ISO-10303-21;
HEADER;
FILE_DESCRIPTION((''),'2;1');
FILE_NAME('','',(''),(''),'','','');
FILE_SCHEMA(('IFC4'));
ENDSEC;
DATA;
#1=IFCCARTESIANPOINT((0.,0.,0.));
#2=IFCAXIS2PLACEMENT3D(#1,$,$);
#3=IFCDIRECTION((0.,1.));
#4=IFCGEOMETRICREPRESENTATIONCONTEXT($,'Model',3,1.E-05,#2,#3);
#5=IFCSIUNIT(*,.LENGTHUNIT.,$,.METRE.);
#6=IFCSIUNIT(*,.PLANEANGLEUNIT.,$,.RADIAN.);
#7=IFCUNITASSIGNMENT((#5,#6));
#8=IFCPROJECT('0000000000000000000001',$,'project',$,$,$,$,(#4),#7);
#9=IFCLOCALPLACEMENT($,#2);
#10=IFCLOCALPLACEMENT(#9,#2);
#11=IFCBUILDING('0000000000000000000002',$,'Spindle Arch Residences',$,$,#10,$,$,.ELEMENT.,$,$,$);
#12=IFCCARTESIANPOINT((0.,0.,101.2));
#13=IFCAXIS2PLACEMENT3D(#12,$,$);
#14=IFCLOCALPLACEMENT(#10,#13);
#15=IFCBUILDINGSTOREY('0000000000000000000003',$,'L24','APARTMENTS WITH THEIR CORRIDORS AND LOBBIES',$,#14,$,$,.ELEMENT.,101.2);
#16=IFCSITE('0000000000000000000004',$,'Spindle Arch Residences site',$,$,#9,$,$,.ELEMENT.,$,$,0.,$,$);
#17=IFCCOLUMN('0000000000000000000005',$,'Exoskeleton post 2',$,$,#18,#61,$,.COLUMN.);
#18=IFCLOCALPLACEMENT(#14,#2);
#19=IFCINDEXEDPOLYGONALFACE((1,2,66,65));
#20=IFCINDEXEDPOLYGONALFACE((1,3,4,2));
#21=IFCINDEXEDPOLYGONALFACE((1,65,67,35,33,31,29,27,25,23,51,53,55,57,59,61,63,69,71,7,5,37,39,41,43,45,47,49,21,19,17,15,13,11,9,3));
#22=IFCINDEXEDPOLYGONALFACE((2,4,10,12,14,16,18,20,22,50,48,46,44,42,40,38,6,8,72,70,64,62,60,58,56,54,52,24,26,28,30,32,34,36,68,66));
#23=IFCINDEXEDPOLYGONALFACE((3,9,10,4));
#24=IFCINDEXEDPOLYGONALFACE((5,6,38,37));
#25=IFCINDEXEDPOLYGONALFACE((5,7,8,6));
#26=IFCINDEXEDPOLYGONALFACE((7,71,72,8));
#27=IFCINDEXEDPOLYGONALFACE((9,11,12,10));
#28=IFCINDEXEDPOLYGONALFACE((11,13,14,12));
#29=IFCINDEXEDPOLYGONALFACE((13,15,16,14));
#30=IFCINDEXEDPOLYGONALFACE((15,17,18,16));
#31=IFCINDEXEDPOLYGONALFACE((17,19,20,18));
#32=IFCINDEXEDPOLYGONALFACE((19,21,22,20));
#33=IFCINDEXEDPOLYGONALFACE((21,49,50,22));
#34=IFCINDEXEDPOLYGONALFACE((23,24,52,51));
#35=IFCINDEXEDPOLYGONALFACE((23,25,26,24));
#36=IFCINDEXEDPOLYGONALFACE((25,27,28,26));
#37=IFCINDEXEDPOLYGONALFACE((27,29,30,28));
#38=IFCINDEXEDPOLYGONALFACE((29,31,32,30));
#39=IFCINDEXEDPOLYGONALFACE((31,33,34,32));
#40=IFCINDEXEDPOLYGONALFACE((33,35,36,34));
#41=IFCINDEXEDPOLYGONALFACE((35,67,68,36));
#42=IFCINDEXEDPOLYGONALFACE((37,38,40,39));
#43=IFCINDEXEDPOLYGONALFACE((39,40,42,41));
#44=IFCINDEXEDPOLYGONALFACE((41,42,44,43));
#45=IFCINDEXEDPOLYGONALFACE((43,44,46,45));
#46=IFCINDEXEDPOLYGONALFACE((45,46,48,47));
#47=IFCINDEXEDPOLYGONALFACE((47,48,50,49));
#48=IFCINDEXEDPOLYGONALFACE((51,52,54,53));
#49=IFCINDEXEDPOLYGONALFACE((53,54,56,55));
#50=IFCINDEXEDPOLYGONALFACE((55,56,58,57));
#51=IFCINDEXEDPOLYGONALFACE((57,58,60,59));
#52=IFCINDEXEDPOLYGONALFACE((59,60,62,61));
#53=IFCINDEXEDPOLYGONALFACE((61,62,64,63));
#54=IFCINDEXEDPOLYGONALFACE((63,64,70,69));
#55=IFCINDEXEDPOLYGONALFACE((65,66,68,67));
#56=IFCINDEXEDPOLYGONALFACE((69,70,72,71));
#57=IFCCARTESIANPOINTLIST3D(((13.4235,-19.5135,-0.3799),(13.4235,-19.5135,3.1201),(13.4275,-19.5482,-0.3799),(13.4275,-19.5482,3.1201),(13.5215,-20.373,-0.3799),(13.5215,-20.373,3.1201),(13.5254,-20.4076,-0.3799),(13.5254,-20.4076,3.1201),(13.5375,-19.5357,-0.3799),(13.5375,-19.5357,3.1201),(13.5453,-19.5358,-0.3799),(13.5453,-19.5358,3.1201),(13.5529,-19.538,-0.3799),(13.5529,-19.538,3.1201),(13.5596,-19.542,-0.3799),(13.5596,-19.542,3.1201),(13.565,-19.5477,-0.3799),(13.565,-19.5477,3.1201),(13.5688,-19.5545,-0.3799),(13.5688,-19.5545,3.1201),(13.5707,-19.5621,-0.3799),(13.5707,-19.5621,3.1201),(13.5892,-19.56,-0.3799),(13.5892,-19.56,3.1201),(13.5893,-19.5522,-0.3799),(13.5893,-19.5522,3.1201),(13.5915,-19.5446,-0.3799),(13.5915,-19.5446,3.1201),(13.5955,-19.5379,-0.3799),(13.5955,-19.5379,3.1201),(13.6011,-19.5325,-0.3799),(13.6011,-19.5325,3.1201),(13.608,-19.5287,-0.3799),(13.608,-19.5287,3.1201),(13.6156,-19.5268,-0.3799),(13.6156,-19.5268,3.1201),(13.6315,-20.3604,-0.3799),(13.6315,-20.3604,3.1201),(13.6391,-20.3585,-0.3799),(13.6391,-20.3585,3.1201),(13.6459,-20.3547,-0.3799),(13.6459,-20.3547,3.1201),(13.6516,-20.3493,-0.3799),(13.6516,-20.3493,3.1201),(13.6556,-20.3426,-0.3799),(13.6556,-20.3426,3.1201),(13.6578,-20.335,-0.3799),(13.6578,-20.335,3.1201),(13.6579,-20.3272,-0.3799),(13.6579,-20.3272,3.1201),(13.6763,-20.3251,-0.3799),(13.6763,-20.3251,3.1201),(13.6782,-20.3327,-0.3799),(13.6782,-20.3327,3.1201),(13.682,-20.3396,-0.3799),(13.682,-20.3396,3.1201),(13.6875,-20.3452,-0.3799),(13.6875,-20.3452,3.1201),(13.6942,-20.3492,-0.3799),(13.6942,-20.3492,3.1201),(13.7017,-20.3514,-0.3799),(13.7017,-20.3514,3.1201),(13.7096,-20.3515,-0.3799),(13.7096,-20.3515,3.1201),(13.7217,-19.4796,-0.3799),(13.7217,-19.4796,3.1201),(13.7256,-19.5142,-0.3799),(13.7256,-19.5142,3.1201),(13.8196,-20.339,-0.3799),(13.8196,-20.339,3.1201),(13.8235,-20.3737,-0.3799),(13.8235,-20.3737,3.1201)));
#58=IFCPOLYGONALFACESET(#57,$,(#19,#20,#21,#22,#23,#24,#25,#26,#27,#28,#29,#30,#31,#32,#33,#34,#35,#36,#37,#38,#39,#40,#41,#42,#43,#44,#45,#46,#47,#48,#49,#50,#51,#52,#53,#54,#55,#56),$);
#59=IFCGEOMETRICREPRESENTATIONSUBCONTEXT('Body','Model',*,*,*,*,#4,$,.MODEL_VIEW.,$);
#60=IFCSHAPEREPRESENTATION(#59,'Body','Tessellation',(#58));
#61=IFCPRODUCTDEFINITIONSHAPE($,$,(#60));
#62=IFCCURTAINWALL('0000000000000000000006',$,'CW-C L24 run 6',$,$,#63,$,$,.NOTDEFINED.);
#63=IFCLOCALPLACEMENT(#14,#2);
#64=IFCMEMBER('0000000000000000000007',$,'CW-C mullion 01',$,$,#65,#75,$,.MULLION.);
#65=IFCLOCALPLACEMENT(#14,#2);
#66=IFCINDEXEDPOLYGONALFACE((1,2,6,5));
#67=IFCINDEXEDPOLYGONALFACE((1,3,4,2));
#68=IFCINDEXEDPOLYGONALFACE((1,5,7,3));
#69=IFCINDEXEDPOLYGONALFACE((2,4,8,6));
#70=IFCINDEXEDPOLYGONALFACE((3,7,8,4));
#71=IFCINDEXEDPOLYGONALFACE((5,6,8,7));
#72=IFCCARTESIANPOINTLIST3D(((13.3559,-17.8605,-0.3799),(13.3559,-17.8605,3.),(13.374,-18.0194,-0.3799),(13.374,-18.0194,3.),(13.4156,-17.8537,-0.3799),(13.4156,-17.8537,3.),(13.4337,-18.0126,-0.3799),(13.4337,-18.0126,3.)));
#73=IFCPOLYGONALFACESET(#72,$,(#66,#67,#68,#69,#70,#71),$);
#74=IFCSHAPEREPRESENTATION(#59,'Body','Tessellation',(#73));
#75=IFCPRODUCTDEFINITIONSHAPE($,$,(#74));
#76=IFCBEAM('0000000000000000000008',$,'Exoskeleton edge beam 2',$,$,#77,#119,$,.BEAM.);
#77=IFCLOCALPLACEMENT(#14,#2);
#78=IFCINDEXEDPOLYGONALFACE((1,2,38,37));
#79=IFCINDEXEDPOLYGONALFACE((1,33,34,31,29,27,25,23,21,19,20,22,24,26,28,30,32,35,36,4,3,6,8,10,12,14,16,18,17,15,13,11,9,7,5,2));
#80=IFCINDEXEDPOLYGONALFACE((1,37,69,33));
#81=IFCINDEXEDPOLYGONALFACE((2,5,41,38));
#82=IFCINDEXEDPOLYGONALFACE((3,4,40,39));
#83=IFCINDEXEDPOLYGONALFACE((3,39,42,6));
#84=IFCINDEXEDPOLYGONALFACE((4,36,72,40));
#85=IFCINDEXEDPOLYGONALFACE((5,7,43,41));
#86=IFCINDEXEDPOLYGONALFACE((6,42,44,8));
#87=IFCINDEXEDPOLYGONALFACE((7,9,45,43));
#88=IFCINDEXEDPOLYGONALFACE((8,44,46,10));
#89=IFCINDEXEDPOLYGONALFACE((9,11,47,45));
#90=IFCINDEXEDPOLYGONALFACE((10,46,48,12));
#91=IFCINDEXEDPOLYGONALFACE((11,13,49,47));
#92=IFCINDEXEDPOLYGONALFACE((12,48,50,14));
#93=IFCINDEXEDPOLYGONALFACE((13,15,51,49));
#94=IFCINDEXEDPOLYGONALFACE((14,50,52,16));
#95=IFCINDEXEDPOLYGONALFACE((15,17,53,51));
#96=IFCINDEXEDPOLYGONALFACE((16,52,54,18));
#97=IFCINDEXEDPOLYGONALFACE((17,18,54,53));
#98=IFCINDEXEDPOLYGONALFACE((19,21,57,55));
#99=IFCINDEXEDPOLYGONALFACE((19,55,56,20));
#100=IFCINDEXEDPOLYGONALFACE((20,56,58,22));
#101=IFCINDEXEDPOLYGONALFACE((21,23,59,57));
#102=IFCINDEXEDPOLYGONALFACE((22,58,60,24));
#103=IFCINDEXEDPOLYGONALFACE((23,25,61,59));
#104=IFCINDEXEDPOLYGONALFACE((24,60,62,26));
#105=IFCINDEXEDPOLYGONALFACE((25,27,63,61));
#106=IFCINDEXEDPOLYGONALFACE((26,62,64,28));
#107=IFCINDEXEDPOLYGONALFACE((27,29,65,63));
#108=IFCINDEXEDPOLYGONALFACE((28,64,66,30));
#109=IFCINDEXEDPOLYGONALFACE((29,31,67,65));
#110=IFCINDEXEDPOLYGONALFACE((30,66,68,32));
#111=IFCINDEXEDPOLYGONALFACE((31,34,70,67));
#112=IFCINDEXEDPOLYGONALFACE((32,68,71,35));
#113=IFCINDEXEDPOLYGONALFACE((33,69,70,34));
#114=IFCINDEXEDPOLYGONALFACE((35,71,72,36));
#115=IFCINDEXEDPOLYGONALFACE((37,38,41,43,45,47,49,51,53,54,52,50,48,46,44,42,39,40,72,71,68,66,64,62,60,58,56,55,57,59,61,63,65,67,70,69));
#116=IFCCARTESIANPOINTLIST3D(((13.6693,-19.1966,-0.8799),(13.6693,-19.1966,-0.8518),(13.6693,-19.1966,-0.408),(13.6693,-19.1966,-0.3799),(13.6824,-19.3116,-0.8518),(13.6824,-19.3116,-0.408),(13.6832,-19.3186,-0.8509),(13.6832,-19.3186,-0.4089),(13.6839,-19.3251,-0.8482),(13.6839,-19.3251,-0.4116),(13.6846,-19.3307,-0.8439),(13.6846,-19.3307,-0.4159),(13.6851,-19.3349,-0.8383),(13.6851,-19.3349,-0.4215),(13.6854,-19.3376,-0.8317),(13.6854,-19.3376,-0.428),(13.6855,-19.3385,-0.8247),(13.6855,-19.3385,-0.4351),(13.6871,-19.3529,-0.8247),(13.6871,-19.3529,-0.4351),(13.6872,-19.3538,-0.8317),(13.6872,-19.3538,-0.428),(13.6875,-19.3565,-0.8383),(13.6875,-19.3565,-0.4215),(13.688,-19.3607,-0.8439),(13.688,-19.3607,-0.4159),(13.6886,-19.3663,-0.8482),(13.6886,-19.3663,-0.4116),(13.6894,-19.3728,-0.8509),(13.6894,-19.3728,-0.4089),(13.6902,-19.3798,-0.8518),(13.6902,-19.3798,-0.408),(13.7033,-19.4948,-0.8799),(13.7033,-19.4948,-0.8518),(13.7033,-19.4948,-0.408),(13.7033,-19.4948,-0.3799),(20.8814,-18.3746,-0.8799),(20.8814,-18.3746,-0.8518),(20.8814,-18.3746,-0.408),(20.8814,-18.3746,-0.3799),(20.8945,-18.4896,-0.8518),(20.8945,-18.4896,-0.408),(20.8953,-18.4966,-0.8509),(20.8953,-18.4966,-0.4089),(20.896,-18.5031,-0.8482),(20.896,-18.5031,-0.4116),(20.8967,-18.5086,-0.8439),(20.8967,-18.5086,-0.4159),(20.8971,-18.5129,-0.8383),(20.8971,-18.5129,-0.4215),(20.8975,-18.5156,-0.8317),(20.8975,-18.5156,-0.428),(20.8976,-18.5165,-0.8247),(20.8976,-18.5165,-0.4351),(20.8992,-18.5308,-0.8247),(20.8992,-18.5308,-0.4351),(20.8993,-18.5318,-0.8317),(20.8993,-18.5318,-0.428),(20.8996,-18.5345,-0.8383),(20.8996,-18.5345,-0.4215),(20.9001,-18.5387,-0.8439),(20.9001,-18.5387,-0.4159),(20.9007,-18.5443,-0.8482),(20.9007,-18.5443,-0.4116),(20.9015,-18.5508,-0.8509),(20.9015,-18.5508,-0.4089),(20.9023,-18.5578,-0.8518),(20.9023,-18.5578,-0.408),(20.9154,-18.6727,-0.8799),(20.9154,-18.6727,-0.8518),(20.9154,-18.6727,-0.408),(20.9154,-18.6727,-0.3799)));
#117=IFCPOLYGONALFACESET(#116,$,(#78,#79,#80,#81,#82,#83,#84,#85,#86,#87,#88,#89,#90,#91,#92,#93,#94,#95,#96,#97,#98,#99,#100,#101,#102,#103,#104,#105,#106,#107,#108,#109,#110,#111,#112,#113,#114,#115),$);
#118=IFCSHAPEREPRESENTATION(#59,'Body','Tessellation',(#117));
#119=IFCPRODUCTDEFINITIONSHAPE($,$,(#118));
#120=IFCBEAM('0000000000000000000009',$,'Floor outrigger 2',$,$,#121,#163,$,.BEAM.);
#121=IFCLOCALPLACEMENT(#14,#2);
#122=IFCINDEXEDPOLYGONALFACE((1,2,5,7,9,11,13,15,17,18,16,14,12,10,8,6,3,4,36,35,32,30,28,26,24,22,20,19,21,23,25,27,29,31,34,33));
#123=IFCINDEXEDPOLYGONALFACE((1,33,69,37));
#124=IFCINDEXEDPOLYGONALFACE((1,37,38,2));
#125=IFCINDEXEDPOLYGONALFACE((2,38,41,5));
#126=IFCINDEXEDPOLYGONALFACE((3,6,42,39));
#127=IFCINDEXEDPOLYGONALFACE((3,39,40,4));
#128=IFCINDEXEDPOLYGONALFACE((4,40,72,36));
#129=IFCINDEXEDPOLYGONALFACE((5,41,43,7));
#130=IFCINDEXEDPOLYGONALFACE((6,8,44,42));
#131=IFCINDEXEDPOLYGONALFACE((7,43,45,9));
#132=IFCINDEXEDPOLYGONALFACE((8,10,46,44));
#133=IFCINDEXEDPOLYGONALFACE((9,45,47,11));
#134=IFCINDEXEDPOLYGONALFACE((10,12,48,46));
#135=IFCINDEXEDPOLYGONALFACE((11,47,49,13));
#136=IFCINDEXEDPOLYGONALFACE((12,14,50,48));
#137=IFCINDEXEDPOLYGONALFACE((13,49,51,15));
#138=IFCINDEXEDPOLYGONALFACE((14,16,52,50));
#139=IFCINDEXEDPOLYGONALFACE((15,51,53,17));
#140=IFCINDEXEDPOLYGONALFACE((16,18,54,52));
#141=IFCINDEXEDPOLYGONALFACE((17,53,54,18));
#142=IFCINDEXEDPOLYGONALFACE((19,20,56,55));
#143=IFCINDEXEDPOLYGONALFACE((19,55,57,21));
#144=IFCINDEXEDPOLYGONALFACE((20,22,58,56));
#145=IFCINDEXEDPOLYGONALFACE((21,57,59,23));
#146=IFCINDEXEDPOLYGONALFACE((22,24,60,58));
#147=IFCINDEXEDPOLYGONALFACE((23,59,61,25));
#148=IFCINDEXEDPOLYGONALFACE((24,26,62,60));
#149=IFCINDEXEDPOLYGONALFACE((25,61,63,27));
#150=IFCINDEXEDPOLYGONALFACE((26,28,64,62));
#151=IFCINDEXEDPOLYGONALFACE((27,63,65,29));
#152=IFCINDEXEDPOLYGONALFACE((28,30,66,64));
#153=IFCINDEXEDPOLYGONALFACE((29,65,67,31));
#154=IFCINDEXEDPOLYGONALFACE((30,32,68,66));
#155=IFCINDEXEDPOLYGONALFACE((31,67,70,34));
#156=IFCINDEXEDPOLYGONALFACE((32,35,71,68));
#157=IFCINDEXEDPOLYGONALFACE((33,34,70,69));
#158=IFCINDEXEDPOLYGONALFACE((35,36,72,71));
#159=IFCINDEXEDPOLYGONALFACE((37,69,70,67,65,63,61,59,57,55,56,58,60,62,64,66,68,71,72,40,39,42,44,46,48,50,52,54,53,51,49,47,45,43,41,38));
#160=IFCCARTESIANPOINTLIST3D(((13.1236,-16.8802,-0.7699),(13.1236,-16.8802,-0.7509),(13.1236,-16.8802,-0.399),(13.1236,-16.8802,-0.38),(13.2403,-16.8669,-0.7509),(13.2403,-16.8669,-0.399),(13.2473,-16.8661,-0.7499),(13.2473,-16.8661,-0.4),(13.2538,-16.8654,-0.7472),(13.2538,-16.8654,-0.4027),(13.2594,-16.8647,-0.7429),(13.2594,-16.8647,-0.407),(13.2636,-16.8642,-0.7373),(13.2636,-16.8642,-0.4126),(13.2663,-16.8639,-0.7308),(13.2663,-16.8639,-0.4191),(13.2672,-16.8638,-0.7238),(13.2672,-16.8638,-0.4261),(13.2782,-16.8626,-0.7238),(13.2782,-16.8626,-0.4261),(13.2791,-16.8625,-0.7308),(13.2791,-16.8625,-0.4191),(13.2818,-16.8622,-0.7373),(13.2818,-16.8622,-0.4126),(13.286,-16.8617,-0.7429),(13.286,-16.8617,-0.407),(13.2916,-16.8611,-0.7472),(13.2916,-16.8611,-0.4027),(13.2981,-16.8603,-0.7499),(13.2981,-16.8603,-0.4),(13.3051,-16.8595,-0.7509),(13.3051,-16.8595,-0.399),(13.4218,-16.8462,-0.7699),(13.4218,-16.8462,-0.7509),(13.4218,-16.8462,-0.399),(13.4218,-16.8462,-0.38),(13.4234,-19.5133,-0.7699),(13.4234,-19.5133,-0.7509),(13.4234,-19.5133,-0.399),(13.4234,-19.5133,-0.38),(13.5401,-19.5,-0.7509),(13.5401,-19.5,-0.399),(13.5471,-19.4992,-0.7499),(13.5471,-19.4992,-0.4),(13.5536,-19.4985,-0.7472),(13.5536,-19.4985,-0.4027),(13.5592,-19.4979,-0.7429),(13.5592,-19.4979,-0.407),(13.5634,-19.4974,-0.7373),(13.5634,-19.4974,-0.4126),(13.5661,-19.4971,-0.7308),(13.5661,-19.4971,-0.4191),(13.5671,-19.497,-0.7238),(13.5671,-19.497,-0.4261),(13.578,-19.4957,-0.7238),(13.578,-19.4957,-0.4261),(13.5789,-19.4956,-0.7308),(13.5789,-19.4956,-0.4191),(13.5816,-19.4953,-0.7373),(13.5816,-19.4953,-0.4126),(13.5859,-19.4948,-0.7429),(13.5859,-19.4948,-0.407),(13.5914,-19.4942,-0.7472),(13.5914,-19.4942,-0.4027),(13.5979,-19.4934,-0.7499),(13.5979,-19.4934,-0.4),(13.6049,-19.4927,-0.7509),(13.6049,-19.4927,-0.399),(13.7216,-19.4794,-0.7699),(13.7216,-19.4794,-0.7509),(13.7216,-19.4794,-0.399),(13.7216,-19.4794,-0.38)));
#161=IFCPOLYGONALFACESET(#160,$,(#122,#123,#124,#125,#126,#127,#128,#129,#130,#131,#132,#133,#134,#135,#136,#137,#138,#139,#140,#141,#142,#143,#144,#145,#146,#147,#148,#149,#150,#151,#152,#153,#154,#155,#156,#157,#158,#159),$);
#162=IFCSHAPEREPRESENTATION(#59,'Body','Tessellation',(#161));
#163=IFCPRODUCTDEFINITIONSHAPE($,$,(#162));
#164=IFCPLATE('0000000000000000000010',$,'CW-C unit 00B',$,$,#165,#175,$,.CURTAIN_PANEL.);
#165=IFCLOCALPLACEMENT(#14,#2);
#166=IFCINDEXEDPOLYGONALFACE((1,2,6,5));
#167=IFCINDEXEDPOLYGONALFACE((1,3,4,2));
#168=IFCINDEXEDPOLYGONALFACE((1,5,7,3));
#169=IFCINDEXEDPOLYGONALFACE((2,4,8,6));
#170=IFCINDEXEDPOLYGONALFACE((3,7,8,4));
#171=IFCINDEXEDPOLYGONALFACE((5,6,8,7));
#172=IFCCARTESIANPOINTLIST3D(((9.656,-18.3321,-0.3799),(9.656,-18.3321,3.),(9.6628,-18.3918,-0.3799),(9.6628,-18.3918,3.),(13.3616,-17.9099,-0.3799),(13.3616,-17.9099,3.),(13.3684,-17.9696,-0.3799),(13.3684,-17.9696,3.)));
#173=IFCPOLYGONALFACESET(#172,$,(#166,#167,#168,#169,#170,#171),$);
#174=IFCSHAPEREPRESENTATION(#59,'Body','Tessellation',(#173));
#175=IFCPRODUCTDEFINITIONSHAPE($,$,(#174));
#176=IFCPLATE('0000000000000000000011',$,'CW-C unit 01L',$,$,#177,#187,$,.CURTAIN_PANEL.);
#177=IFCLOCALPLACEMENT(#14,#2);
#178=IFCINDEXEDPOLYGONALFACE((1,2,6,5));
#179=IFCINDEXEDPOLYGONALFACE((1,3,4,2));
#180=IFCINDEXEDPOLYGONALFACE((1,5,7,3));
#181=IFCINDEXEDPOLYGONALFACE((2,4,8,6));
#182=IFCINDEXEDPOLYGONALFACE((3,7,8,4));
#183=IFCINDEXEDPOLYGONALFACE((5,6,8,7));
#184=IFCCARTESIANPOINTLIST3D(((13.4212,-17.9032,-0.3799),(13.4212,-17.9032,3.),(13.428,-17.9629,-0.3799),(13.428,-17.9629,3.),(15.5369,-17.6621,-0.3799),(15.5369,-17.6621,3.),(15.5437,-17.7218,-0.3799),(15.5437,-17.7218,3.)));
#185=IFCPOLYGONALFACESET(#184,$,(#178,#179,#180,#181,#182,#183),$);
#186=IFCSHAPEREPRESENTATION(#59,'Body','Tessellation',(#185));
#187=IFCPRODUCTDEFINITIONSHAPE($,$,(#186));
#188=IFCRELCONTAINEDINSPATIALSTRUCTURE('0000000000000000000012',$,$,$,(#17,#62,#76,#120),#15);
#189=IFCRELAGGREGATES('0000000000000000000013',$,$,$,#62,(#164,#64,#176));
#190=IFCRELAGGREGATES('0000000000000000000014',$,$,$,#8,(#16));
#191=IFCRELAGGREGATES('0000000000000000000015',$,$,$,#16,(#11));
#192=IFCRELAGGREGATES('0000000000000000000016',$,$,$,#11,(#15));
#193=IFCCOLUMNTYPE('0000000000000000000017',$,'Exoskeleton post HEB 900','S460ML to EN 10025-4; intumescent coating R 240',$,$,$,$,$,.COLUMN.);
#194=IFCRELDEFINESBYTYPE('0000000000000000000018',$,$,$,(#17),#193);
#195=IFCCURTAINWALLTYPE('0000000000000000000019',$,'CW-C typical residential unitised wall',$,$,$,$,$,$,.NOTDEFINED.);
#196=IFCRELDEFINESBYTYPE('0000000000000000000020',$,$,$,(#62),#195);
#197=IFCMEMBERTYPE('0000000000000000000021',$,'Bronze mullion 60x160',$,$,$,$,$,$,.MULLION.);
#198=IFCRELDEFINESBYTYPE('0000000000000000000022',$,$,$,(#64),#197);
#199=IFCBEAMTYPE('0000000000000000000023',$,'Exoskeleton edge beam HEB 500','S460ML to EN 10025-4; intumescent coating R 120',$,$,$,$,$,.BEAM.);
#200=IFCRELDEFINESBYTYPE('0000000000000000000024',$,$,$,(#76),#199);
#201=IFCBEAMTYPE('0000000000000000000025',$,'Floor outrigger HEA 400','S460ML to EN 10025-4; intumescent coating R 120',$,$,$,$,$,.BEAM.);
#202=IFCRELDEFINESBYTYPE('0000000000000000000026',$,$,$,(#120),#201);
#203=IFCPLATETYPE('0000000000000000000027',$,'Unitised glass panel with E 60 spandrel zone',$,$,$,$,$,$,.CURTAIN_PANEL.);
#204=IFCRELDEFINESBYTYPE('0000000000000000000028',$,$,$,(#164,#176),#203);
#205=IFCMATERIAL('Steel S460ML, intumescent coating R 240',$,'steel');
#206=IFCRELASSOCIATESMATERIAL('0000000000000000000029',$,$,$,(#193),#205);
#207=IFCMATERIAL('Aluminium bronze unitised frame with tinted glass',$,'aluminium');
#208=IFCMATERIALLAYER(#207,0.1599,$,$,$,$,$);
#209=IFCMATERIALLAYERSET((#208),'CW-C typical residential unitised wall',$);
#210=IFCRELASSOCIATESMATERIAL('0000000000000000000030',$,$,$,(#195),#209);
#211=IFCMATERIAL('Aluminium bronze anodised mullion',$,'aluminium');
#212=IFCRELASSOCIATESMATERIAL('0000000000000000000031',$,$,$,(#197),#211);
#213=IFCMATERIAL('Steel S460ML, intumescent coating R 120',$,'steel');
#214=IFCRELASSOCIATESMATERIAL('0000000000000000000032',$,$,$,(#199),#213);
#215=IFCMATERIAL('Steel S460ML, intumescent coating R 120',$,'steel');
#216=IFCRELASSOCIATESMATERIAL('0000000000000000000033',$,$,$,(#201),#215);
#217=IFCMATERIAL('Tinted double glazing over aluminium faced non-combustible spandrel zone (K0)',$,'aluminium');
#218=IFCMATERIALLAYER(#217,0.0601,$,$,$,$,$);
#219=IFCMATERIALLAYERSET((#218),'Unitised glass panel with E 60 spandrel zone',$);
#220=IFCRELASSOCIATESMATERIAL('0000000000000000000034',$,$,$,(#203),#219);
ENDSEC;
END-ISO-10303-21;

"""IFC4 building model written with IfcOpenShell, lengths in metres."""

from ifc_helpers import new_model, si_unit, direction, frame, origin, origin_2d, place, context, subcontext, project, spatial, rectangle, i_section, extrude, material, layer, layer_set, material_profile, profile_set, type_object, element, aggregate, save


model = new_model("IFC4")

# Units and contexts
model_context = context("Model", 3, precision=1e-05, world=origin(), true_north=direction((0.0, 1.0)))
body_context = subcontext(model_context, "Body", "Model", "MODEL_VIEW")
ifc_project = project(units=[si_unit("LENGTHUNIT", "METRE"), si_unit("PLANEANGLEUNIT", "RADIAN")], contexts=[model_context])

# Site, building, storey
site_placement = place(None, origin())
site = spatial("IfcSite", under=ifc_project, at=site_placement, Name="Spindle Arch Residences site", CompositionType="ELEMENT", RefElevation=0.0)
building_placement = place(site_placement, origin())
building = spatial("IfcBuilding", under=site, at=building_placement, Name="Spindle Arch Residences", CompositionType="ELEMENT")
storey_placement = place(building_placement, frame((0.0, 0.0, 101.2)))
storey = spatial("IfcBuildingStorey", under=building, at=storey_placement, Name="L24", Description="APARTMENTS WITH THEIR CORRIDORS AND LOBBIES", CompositionType="ELEMENT", Elevation=101.2)

# Column
ifc_material_1 = material(Name="Steel S460ML, intumescent coating R 240", Category="steel")
ifc_material_profile_1 = material_profile(ifc_material_1, i_section(OverallWidth=0.3, OverallDepth=0.8999, WebThickness=0.0186, FlangeThickness=0.0349, FilletRadius=0.03, at=origin_2d()), Name="HEB 900")
ifc_profile_set_1 = profile_set([ifc_material_profile_1], Name="Steel S460ML, intumescent coating R 240")
column_type = type_object("IfcColumnType", Name="Exoskeleton post HEB 900", Description="S460ML to EN 10025-4; intumescent coating R 240", PredefinedType="COLUMN", material=ifc_profile_set_1)
column_placement = place(storey_placement, frame((13.6235, -19.9436, -0.3799), z_axis=(0.0, 0.0, 1.0), x_axis=(-0.993572, -0.113203, 0.0)))
element("IfcColumn", 1, at=column_placement, inside=storey, type_object=column_type, Name="Exoskeleton post 2", PredefinedType="COLUMN", context=body_context, shape_type="SweptSolid", body=[
    extrude(i_section(OverallWidth=0.3, OverallDepth=0.8999, WebThickness=0.0186, FlangeThickness=0.0349, FilletRadius=0.03, at=origin_2d()), origin(), (0.0, 0.0, 1.0), 3.5),
])

# Curtain wall, member
ifc_material_2 = material(Name="Aluminium bronze unitised frame with tinted glass", Category="aluminium")
ifc_layer_1 = layer(ifc_material_2, 0.1599)
ifc_layer_set_1 = layer_set([ifc_layer_1], Name="CW-C typical residential unitised wall")
curtain_wall_type = type_object("IfcCurtainWallType", Name="CW-C typical residential unitised wall", PredefinedType="NOTDEFINED", material=ifc_layer_set_1)
curtain_wall_placement = place(storey_placement, origin())
curtain_wall = element("IfcCurtainWall", 2, at=curtain_wall_placement, inside=storey, type_object=curtain_wall_type, Name="CW-C L24 run 6", PredefinedType="NOTDEFINED")
ifc_material_3 = material(Name="Aluminium bronze anodised mullion", Category="aluminium")
ifc_material_profile_2 = material_profile(ifc_material_3, rectangle(XDim=0.1599, YDim=0.0601, at=origin_2d()), Name="MU 60x160")
ifc_profile_set_2 = profile_set([ifc_material_profile_2], Name="Aluminium bronze anodised mullion")
member_type = type_object("IfcMemberType", Name="Bronze mullion 60x160", PredefinedType="MULLION", material=ifc_profile_set_2)
member_placement = place(storey_placement, frame((13.3948, -17.9365, -0.3799), z_axis=(0.0, 0.0, 1.0), x_axis=(-0.113203, 0.993572, 0.0)))
member = element("IfcMember", 3, at=member_placement, type_object=member_type, Name="CW-C mullion 01", PredefinedType="MULLION", context=body_context, shape_type="SweptSolid", body=[
    extrude(rectangle(XDim=0.1599, YDim=0.0601, at=origin_2d()), origin(), (0.0, 0.0, 1.0), 3.3799),
])

# Beams
ifc_material_4 = material(Name="Steel S460ML, intumescent coating R 120", Category="steel")
ifc_material_profile_3 = material_profile(ifc_material_4, i_section(OverallWidth=0.3, OverallDepth=0.5, WebThickness=0.0144, FlangeThickness=0.0281, FilletRadius=0.0271, at=origin_2d()), Name="HEB 500")
ifc_profile_set_3 = profile_set([ifc_material_profile_3], Name="Steel S460ML, intumescent coating R 120")
beam_type_1 = type_object("IfcBeamType", Name="Exoskeleton edge beam HEB 500", Description="S460ML to EN 10025-4; intumescent coating R 120", PredefinedType="BEAM", material=ifc_profile_set_3)
beam_1_placement = place(storey_placement, frame((13.6863, -19.3457, -0.6299), z_axis=(0.993567, 0.113244, 0.0), x_axis=(-0.113244, 0.993567, 0.0)))
element("IfcBeam", 4, at=beam_1_placement, inside=storey, type_object=beam_type_1, Name="Exoskeleton edge beam 2", PredefinedType="BEAM", context=body_context, shape_type="SweptSolid", body=[
    extrude(i_section(OverallWidth=0.3, OverallDepth=0.5, WebThickness=0.0144, FlangeThickness=0.0281, FilletRadius=0.0271, at=origin_2d()), origin(), (0.0, 0.0, 1.0), 7.2588),
])
ifc_material_5 = material(Name="Steel S460ML, intumescent coating R 120", Category="steel")
ifc_material_profile_4 = material_profile(ifc_material_5, i_section(OverallWidth=0.3, OverallDepth=0.3899, WebThickness=0.011, FlangeThickness=0.019, FilletRadius=0.0271, at=origin_2d()), Name="HEA 400")
ifc_profile_set_4 = profile_set([ifc_material_profile_4], Name="Steel S460ML, intumescent coating R 120")
beam_type_2 = type_object("IfcBeamType", Name="Floor outrigger HEA 400", Description="S460ML to EN 10025-4; intumescent coating R 120", PredefinedType="BEAM", material=ifc_profile_set_4)
beam_2_placement = place(storey_placement, frame((13.5725, -19.4963, -0.575), z_axis=(-0.113131, 0.99358, 0.0), x_axis=(-0.99358, -0.113131, 0.0)))
element("IfcBeam", 5, at=beam_2_placement, inside=storey, type_object=beam_type_2, Name="Floor outrigger 2", PredefinedType="BEAM", context=body_context, shape_type="SweptSolid", body=[
    extrude(i_section(OverallWidth=0.3, OverallDepth=0.3899, WebThickness=0.011, FlangeThickness=0.019, FilletRadius=0.0271, at=origin_2d()), origin(), (0.0, 0.0, 1.0), 2.6501),
])

# Plates
ifc_material_6 = material(Name="Tinted double glazing over aluminium faced non-combustible spandrel zone (K0)", Category="aluminium")
ifc_layer_2 = layer(ifc_material_6, 0.0601)
ifc_layer_set_2 = layer_set([ifc_layer_2], Name="Unitised glass panel with E 60 spandrel zone")
plate_type = type_object("IfcPlateType", Name="Unitised glass panel with E 60 spandrel zone", PredefinedType="CURTAIN_PANEL", material=ifc_layer_set_2)
plate_1_placement = place(storey_placement, frame((11.5122, -18.1509, -0.3799), z_axis=(0.0, 0.0, 1.0), x_axis=(0.993572, 0.113203, 0.0)))
plate_1 = element("IfcPlate", 6, at=plate_1_placement, type_object=plate_type, Name="CW-C unit 00B", PredefinedType="CURTAIN_PANEL", context=body_context, shape_type="SweptSolid", body=[
    extrude(rectangle(XDim=3.7295, YDim=0.0601, at=origin_2d()), origin(), (0.0, 0.0, 1.0), 3.3799),
])
plate_2_placement = place(storey_placement, frame((14.4824, -17.8125, -0.3799), z_axis=(0.0, 0.0, 1.0), x_axis=(0.993572, 0.113203, 0.0)))
plate_2 = element("IfcPlate", 7, at=plate_2_placement, type_object=plate_type, Name="CW-C unit 01L", PredefinedType="CURTAIN_PANEL", context=body_context, shape_type="SweptSolid", body=[
    extrude(rectangle(XDim=2.1294, YDim=0.0601, at=origin_2d()), origin(), (0.0, 0.0, 1.0), 3.3799),
])
aggregate(curtain_wall, [plate_1, member, plate_2])

save(model, "model.ifc")
